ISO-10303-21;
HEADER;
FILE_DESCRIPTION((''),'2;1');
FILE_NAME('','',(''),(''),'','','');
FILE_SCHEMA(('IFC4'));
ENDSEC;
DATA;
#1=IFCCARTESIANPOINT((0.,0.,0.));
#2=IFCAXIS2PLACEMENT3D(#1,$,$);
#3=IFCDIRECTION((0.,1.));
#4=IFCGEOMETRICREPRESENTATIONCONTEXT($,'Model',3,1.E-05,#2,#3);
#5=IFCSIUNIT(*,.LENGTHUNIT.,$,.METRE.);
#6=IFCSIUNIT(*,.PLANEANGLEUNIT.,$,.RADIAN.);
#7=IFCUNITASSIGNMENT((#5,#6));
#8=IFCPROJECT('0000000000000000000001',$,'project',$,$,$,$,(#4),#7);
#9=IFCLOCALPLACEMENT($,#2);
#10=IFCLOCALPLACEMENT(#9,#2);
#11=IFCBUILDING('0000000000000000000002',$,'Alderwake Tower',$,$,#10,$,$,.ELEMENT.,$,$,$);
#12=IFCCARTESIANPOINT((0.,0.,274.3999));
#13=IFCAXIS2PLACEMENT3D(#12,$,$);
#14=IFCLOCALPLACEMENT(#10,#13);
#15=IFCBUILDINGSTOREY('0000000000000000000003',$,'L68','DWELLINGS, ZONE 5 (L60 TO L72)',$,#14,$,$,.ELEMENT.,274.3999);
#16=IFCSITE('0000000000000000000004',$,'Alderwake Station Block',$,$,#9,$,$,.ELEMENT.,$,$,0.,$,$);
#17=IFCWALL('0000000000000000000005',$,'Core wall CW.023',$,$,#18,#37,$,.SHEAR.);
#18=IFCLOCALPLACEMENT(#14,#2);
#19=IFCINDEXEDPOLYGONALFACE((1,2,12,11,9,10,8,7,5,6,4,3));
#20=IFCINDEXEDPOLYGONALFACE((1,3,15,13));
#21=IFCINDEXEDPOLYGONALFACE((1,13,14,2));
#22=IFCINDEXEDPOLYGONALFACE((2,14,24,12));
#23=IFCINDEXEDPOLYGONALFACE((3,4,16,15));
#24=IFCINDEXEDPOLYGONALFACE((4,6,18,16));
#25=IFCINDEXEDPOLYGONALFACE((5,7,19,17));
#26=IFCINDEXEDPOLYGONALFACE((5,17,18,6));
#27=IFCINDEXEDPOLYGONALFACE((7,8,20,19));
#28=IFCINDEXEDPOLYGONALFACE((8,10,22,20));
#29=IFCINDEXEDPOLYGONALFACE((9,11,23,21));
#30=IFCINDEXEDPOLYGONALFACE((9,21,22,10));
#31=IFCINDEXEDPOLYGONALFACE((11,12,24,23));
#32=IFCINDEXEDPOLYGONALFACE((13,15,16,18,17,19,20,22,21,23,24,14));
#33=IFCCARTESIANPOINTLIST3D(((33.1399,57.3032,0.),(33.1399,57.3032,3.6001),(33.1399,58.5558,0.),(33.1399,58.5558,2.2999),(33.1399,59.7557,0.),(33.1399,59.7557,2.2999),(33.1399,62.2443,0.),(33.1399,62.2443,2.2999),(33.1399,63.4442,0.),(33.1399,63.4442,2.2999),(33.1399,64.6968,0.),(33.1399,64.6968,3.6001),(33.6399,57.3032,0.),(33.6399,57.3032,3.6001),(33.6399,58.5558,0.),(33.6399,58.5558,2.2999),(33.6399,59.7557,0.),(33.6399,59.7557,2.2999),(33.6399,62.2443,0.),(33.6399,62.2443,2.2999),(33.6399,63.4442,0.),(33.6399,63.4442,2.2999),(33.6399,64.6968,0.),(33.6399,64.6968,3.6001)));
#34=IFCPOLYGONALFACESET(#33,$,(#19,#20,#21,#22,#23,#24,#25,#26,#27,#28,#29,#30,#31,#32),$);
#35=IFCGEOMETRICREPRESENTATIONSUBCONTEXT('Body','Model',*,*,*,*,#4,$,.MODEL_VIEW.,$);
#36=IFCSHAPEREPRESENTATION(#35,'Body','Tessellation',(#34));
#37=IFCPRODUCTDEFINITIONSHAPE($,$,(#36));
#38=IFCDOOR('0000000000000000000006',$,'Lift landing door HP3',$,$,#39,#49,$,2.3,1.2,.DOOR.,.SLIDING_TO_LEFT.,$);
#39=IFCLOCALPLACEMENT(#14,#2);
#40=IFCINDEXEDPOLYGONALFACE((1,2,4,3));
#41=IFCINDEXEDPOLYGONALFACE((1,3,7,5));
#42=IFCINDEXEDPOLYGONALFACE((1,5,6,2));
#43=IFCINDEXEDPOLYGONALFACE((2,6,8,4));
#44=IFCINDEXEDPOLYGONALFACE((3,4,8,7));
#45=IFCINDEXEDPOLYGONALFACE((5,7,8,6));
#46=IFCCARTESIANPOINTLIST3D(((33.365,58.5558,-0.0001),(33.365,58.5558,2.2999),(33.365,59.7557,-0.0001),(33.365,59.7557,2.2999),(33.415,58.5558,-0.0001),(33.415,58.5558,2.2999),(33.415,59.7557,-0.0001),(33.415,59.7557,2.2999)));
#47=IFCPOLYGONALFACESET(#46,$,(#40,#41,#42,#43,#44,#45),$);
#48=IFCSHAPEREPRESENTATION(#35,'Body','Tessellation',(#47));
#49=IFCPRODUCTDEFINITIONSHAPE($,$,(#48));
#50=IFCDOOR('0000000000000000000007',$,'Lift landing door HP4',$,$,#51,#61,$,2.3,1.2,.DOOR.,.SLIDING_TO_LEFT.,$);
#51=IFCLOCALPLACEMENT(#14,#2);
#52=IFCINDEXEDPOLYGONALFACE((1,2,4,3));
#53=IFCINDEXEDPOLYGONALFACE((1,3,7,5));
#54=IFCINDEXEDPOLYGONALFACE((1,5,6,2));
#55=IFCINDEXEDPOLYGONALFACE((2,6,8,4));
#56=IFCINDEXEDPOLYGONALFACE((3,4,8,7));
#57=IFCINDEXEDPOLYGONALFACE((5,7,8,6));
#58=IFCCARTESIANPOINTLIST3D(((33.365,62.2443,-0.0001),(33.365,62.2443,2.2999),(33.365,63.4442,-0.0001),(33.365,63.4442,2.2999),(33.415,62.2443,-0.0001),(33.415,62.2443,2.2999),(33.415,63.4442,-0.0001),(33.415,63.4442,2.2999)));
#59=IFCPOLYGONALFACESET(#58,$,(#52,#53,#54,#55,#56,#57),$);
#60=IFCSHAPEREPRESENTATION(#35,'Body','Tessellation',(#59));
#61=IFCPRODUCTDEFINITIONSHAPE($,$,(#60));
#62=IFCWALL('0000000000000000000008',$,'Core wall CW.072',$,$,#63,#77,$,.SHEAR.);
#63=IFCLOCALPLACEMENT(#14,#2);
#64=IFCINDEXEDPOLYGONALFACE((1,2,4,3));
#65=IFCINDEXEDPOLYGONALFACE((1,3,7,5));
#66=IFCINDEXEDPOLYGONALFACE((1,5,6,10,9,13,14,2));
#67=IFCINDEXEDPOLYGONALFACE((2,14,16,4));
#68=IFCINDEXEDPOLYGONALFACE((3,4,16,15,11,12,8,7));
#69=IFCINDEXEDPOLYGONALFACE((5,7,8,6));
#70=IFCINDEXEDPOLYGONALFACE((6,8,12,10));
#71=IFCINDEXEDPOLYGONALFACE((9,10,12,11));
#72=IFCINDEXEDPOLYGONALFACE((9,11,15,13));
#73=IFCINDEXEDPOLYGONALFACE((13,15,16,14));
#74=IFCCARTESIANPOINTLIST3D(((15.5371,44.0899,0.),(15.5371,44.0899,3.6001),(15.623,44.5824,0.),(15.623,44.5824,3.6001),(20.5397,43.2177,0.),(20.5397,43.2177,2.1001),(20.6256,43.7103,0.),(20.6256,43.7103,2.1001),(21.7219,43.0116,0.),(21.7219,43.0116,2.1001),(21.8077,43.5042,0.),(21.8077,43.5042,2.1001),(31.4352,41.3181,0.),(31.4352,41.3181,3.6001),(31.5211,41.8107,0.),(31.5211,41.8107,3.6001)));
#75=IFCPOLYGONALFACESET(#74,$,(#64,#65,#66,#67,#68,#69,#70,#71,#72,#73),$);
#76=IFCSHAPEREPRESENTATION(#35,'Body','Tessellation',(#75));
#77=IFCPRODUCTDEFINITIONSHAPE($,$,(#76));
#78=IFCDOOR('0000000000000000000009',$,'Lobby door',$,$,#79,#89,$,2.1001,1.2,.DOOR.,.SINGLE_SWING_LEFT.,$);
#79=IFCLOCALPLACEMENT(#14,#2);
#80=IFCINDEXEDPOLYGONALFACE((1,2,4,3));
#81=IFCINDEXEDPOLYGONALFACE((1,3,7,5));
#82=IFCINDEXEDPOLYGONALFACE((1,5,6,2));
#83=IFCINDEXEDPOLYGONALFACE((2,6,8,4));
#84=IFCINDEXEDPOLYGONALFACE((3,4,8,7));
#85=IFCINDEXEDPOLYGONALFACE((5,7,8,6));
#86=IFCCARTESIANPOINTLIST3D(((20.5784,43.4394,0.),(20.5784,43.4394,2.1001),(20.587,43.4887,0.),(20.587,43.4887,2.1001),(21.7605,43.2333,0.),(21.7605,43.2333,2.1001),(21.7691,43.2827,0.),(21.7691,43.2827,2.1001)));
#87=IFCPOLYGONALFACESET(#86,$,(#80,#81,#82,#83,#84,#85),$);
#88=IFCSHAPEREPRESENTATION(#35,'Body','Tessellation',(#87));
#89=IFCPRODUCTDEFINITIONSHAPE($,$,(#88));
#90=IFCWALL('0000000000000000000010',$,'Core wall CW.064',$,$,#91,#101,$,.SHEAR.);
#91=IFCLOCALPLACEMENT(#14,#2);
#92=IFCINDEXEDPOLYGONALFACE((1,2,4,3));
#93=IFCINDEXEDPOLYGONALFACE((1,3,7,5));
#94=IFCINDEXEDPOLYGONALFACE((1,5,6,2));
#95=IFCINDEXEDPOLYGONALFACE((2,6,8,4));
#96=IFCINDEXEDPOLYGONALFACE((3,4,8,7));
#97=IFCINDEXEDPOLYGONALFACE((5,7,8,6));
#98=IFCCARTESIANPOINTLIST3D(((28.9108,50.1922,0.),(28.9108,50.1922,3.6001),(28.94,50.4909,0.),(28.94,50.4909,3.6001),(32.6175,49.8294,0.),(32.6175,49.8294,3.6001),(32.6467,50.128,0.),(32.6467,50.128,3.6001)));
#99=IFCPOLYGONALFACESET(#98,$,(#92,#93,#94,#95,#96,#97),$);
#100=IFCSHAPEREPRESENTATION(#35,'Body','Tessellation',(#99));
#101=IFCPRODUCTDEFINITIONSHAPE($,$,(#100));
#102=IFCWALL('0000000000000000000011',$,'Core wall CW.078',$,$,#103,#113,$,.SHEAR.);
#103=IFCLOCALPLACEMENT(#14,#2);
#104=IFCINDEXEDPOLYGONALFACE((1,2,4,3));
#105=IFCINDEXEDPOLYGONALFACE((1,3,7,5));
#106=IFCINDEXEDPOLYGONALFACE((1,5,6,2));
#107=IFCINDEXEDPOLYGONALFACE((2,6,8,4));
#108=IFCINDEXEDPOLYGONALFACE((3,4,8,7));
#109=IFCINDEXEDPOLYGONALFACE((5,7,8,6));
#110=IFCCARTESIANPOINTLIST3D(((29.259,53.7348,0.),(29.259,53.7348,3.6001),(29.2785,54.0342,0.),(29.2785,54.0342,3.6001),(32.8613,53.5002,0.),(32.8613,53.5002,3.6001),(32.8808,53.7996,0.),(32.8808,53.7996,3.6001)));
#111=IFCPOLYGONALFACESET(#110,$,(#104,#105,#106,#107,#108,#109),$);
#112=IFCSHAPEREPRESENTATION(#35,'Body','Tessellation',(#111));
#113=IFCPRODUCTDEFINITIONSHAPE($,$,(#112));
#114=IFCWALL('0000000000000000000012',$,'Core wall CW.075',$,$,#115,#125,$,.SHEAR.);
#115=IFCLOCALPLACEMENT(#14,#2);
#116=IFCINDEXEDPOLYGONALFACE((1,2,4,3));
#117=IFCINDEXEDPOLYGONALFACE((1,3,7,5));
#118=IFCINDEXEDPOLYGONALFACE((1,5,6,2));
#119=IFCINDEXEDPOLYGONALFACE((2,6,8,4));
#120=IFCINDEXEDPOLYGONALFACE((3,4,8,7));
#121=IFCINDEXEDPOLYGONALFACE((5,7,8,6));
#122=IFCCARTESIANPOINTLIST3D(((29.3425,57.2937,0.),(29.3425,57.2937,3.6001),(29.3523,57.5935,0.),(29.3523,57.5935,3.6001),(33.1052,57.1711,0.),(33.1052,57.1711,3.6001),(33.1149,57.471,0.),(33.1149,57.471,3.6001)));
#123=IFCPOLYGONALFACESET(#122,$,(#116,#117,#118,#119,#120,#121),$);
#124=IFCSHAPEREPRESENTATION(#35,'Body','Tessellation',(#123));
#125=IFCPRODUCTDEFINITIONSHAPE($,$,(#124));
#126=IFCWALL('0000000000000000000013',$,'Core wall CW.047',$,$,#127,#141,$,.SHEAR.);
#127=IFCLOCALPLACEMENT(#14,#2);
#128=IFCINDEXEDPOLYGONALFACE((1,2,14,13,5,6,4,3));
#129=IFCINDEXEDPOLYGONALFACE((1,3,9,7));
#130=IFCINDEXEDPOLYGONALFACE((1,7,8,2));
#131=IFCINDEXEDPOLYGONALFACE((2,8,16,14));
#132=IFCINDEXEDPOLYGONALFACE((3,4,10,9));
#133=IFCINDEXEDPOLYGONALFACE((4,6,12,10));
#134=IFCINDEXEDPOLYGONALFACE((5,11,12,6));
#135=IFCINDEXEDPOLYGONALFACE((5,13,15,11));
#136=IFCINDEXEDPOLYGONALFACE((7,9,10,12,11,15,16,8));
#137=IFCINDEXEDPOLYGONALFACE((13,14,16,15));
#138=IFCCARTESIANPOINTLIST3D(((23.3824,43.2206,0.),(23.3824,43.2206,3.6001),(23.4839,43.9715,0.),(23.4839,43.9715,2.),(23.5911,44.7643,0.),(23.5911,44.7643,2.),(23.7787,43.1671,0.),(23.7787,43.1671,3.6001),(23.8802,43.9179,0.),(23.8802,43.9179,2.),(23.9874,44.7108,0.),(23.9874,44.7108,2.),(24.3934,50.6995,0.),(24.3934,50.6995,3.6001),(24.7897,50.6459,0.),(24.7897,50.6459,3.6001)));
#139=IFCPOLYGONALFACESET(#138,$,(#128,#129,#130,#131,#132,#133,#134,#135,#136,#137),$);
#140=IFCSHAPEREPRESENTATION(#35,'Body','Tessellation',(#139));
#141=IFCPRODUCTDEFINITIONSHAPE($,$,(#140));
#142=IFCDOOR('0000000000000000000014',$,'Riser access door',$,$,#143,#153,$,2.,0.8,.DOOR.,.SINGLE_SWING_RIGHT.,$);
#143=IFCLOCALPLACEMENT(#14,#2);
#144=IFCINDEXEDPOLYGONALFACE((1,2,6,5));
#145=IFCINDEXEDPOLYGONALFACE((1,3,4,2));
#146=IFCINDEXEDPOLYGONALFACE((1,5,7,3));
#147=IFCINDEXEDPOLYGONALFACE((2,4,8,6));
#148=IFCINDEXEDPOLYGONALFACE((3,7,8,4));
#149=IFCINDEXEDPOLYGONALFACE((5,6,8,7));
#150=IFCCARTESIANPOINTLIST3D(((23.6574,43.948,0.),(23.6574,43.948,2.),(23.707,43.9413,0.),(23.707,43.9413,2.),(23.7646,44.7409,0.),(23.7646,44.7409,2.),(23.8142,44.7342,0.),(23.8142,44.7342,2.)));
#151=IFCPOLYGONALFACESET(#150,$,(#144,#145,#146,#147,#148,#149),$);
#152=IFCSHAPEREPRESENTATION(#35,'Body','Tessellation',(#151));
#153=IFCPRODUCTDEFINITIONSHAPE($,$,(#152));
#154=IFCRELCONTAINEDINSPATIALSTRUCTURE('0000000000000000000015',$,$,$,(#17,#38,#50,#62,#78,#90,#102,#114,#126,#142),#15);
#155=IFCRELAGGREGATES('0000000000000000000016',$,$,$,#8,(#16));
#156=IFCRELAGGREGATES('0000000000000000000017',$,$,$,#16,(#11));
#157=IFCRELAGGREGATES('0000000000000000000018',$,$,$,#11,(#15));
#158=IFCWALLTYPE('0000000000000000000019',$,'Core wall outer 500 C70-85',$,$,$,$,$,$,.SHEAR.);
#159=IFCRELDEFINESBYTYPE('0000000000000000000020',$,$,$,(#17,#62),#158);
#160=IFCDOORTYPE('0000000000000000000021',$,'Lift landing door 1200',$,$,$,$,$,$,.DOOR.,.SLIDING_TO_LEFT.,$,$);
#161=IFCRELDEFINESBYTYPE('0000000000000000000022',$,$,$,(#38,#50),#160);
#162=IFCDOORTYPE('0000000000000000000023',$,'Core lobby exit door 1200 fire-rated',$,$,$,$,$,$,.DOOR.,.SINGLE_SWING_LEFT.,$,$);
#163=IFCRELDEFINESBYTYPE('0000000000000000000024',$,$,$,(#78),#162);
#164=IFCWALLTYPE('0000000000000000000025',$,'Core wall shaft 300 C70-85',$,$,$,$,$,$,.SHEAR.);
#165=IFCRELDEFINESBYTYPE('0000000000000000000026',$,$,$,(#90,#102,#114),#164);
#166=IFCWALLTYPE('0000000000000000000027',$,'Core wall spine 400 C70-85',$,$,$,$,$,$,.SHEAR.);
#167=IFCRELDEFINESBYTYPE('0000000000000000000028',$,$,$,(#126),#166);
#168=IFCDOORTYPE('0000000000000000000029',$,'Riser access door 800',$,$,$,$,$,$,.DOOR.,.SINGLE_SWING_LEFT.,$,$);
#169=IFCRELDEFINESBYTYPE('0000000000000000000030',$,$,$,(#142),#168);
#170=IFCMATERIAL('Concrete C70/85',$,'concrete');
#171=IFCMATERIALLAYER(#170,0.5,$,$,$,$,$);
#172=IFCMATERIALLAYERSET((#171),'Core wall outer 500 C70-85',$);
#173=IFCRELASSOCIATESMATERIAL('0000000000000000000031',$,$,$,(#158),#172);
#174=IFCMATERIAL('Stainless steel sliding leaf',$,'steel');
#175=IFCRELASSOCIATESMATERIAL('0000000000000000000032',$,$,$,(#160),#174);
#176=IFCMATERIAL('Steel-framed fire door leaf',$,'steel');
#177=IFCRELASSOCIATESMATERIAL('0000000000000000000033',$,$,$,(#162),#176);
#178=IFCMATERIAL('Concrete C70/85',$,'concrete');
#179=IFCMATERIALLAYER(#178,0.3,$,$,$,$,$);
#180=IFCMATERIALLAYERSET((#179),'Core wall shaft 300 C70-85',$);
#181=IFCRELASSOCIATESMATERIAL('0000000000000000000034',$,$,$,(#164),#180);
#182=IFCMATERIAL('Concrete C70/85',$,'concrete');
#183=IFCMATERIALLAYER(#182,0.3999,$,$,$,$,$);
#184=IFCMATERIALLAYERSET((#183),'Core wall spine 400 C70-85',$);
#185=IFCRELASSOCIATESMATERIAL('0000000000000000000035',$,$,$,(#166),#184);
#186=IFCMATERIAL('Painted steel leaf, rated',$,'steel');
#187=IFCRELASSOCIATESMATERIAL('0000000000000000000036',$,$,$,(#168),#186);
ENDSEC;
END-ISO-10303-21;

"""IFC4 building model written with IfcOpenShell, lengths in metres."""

from ifc_helpers import new_model, si_unit, direction, frame, frame_2d, origin, place, context, subcontext, project, spatial, rectangle, extrude, material, layer, layer_set, type_object, element, fill, save


model = new_model("IFC4")

# Units and contexts
model_context = context("Model", 3, precision=1e-05, world=origin(), true_north=direction((0.0, 1.0)))
body_context = subcontext(model_context, "Body", "Model", "MODEL_VIEW")
ifc_project = project(units=[si_unit("LENGTHUNIT", "METRE"), si_unit("PLANEANGLEUNIT", "RADIAN")], contexts=[model_context])

# Site, building, storey
site_placement = place(None, origin())
site = spatial("IfcSite", under=ifc_project, at=site_placement, Name="Alderwake Station Block", CompositionType="ELEMENT", RefElevation=0.0)
building_placement = place(site_placement, origin())
building = spatial("IfcBuilding", under=site, at=building_placement, Name="Alderwake Tower", CompositionType="ELEMENT")
storey_placement = place(building_placement, frame((0.0, 0.0, 274.3999)))
storey = spatial("IfcBuildingStorey", under=building, at=storey_placement, Name="L68", Description="DWELLINGS, ZONE 5 (L60 TO L72)", CompositionType="ELEMENT", Elevation=274.3999)

# Shared definitions
ifc_material_1 = material(Name="Concrete C70/85", Category="concrete")
ifc_layer_1 = layer(ifc_material_1, 0.5)
ifc_layer_set_1 = layer_set([ifc_layer_1], Name="Core wall outer 500 C70-85")
wall_type_1 = type_object("IfcWallType", Name="Core wall outer 500 C70-85", PredefinedType="SHEAR", material=ifc_layer_set_1)

# Wall, openings, doors
ifc_material_2 = material(Name="Stainless steel sliding leaf", Category="steel")
door_type_1 = type_object("IfcDoorType", Name="Lift landing door 1200", OperationType="SLIDING_TO_LEFT", PredefinedType="DOOR", material=ifc_material_2)
wall_1_placement = place(storey_placement, frame((33.3899, 57.3032, 0.0), z_axis=(0.0, 0.0, 1.0), x_axis=(0.0, 1.0, 0.0)))
wall_1 = element("IfcWall", 1, at=wall_1_placement, inside=storey, type_object=wall_type_1, Name="Core wall CW.023", PredefinedType="SHEAR", context=body_context, shape_type="SweptSolid", body=[
    extrude(rectangle(XDim=7.3936, YDim=0.5, at=frame_2d((3.6968, 0.0))), origin(), (0.0, 0.0, 1.0), 3.6001),
])
opening_1_placement = place(wall_1_placement, frame((1.2524, 0.0, 0.0)))
opening_1 = element("IfcOpeningElement", 2, at=opening_1_placement, cuts=wall_1, PredefinedType="OPENING", context=body_context, shape_type="SweptSolid", body=[
    extrude(rectangle(XDim=1.2, YDim=2.3, at=frame_2d((0.6001, 1.1499))), frame((0.0, 0.26, 0.0), z_axis=(0.0, -1.0, 0.0), x_axis=(1.0, 0.0, 0.0)), (0.0, 0.0, 1.0), 0.52),
])
opening_2_placement = place(wall_1_placement, frame((4.9409, 0.0, 0.0)))
opening_2 = element("IfcOpeningElement", 3, at=opening_2_placement, cuts=wall_1, PredefinedType="OPENING", context=body_context, shape_type="SweptSolid", body=[
    extrude(rectangle(XDim=1.2, YDim=2.3, at=frame_2d((0.6001, 1.1499))), frame((0.0, 0.26, 0.0), z_axis=(0.0, -1.0, 0.0), x_axis=(1.0, 0.0, 0.0)), (0.0, 0.0, 1.0), 0.52),
])
door_1_placement = place(opening_1_placement, origin())
door_1 = element("IfcDoor", 4, at=door_1_placement, inside=storey, type_object=door_type_1, Name="Lift landing door HP3", OperationType="SLIDING_TO_LEFT", OverallHeight=2.3, OverallWidth=1.2, PredefinedType="DOOR", context=body_context, shape_type="SweptSolid", body=[
    extrude(rectangle(XDim=1.2, YDim=2.3, at=frame_2d((0.6001, 1.1499))), frame((0.0, 0.0249, 0.0), z_axis=(0.0, -1.0, 0.0), x_axis=(1.0, 0.0, 0.0)), (0.0, 0.0, 1.0), 0.05),
])
fill(opening_1, door_1)
door_2_placement = place(opening_2_placement, origin())
door_2 = element("IfcDoor", 5, at=door_2_placement, inside=storey, type_object=door_type_1, Name="Lift landing door HP4", OperationType="SLIDING_TO_LEFT", OverallHeight=2.3, OverallWidth=1.2, PredefinedType="DOOR", context=body_context, shape_type="SweptSolid", body=[
    extrude(rectangle(XDim=1.2, YDim=2.3, at=frame_2d((0.6001, 1.1499))), frame((0.0, 0.0249, 0.0), z_axis=(0.0, -1.0, 0.0), x_axis=(1.0, 0.0, 0.0)), (0.0, 0.0, 1.0), 0.05),
])
fill(opening_2, door_2)

# Wall, opening, door
wall_2_placement = place(storey_placement, frame((31.478, 41.5645, 0.0), z_axis=(0.0, 0.0, 1.0), x_axis=(-0.98514, 0.171752, 0.0)))
wall_2 = element("IfcWall", 6, at=wall_2_placement, inside=storey, type_object=wall_type_1, Name="Core wall CW.072", PredefinedType="SHEAR", context=body_context, shape_type="SweptSolid", body=[
    extrude(rectangle(XDim=16.1379, YDim=0.5, at=frame_2d((8.0688, 0.0))), origin(), (0.0, 0.0, 1.0), 3.6001),
])
opening_3_placement = place(wall_2_placement, frame((9.8596, 0.0, 0.0)))
opening_3 = element("IfcOpeningElement", 7, at=opening_3_placement, cuts=wall_2, PredefinedType="OPENING", context=body_context, shape_type="SweptSolid", body=[
    extrude(rectangle(XDim=1.2, YDim=2.1001, at=frame_2d((0.6001, 1.05))), frame((0.0, 0.26, 0.0), z_axis=(0.0, -1.0, 0.0), x_axis=(1.0, 0.0, 0.0)), (0.0, 0.0, 1.0), 0.52),
])
ifc_material_3 = material(Name="Steel-framed fire door leaf", Category="steel")
door_type_2 = type_object("IfcDoorType", Name="Core lobby exit door 1200 fire-rated", OperationType="SINGLE_SWING_LEFT", PredefinedType="DOOR", material=ifc_material_3)
door_3_placement = place(opening_3_placement, origin())
door_3 = element("IfcDoor", 8, at=door_3_placement, inside=storey, type_object=door_type_2, Name="Lobby door", OperationType="SINGLE_SWING_LEFT", OverallHeight=2.1001, OverallWidth=1.2, PredefinedType="DOOR", context=body_context, shape_type="SweptSolid", body=[
    extrude(rectangle(XDim=1.2, YDim=2.1001, at=frame_2d((0.6001, 1.05))), frame((0.0, 0.0249, 0.0), z_axis=(0.0, -1.0, 0.0), x_axis=(1.0, 0.0, 0.0)), (0.0, 0.0, 1.0), 0.05),
])
fill(opening_3, door_3)

# Walls
ifc_material_4 = material(Name="Concrete C70/85", Category="concrete")
ifc_layer_2 = layer(ifc_material_4, 0.3)
ifc_layer_set_2 = layer_set([ifc_layer_2], Name="Core wall shaft 300 C70-85")
wall_type_2 = type_object("IfcWallType", Name="Core wall shaft 300 C70-85", PredefinedType="SHEAR", material=ifc_layer_set_2)
wall_3_placement = place(storey_placement, frame((28.9253, 50.3416, 0.0), z_axis=(0.0, 0.0, 1.0), x_axis=(0.995244, -0.097414, 0.0)))
element("IfcWall", 9, at=wall_3_placement, inside=storey, type_object=wall_type_2, Name="Core wall CW.064", PredefinedType="SHEAR", context=body_context, shape_type="SweptSolid", body=[
    extrude(rectangle(XDim=3.7244, YDim=0.3, at=frame_2d((1.8623, 0.0))), origin(), (0.0, 0.0, 1.0), 3.6001),
])
wall_4_placement = place(storey_placement, frame((29.2688, 53.8845, 0.0), z_axis=(0.0, 0.0, 1.0), x_axis=(0.997886, -0.064993, 0.0)))
element("IfcWall", 10, at=wall_4_placement, inside=storey, type_object=wall_type_2, Name="Core wall CW.078", PredefinedType="SHEAR", context=body_context, shape_type="SweptSolid", body=[
    extrude(rectangle(XDim=3.6099, YDim=0.3, at=frame_2d((1.8049, 0.0))), origin(), (0.0, 0.0, 1.0), 3.6001),
])
wall_5_placement = place(storey_placement, frame((29.3474, 57.4436, 0.0), z_axis=(0.0, 0.0, 1.0), x_axis=(0.99947, -0.032555, 0.0)))
element("IfcWall", 11, at=wall_5_placement, inside=storey, type_object=wall_type_2, Name="Core wall CW.075", PredefinedType="SHEAR", context=body_context, shape_type="SweptSolid", body=[
    extrude(rectangle(XDim=3.7646, YDim=0.3, at=frame_2d((1.8823, 0.0))), origin(), (0.0, 0.0, 1.0), 3.6001),
])

# Wall, opening, door
ifc_material_5 = material(Name="Concrete C70/85", Category="concrete")
ifc_layer_3 = layer(ifc_material_5, 0.3999)
ifc_layer_set_3 = layer_set([ifc_layer_3], Name="Core wall spine 400 C70-85")
wall_type_3 = type_object("IfcWallType", Name="Core wall spine 400 C70-85", PredefinedType="SHEAR", material=ifc_layer_set_3)
wall_6_placement = place(storey_placement, frame((23.5806, 43.1938, 0.0), z_axis=(0.0, 0.0, 1.0), x_axis=(0.133963, 0.990986, 0.0)))
wall_6 = element("IfcWall", 12, at=wall_6_placement, inside=storey, type_object=wall_type_3, Name="Core wall CW.047", PredefinedType="SHEAR", context=body_context, shape_type="SweptSolid", body=[
    extrude(rectangle(XDim=7.5469, YDim=0.3999, at=frame_2d((3.7734, 0.0))), origin(), (0.0, 0.0, 1.0), 3.6001),
])
opening_4_placement = place(wall_6_placement, frame((0.7578, 0.0, 0.0)))
opening_4 = element("IfcOpeningElement", 13, at=opening_4_placement, cuts=wall_6, PredefinedType="OPENING", context=body_context, shape_type="SweptSolid", body=[
    extrude(rectangle(XDim=0.8, YDim=2.0, at=frame_2d((0.3999, 1.0))), frame((0.0, 0.21, 0.0), z_axis=(0.0, -1.0, 0.0), x_axis=(1.0, 0.0, 0.0)), (0.0, 0.0, 1.0), 0.4199),
])
ifc_material_6 = material(Name="Painted steel leaf, rated", Category="steel")
door_type_3 = type_object("IfcDoorType", Name="Riser access door 800", OperationType="SINGLE_SWING_LEFT", PredefinedType="DOOR", material=ifc_material_6)
door_4_placement = place(opening_4_placement, origin())
door_4 = element("IfcDoor", 14, at=door_4_placement, inside=storey, type_object=door_type_3, Name="Riser access door", OperationType="SINGLE_SWING_RIGHT", OverallHeight=2.0, OverallWidth=0.8, PredefinedType="DOOR", context=body_context, shape_type="SweptSolid", body=[
    extrude(rectangle(XDim=0.8, YDim=2.0, at=frame_2d((0.3999, 1.0))), frame((0.0, 0.0249, 0.0), z_axis=(0.0, -1.0, 0.0), x_axis=(1.0, 0.0, 0.0)), (0.0, 0.0, 1.0), 0.05),
])
fill(opening_4, door_4)

save(model, "model.ifc")
